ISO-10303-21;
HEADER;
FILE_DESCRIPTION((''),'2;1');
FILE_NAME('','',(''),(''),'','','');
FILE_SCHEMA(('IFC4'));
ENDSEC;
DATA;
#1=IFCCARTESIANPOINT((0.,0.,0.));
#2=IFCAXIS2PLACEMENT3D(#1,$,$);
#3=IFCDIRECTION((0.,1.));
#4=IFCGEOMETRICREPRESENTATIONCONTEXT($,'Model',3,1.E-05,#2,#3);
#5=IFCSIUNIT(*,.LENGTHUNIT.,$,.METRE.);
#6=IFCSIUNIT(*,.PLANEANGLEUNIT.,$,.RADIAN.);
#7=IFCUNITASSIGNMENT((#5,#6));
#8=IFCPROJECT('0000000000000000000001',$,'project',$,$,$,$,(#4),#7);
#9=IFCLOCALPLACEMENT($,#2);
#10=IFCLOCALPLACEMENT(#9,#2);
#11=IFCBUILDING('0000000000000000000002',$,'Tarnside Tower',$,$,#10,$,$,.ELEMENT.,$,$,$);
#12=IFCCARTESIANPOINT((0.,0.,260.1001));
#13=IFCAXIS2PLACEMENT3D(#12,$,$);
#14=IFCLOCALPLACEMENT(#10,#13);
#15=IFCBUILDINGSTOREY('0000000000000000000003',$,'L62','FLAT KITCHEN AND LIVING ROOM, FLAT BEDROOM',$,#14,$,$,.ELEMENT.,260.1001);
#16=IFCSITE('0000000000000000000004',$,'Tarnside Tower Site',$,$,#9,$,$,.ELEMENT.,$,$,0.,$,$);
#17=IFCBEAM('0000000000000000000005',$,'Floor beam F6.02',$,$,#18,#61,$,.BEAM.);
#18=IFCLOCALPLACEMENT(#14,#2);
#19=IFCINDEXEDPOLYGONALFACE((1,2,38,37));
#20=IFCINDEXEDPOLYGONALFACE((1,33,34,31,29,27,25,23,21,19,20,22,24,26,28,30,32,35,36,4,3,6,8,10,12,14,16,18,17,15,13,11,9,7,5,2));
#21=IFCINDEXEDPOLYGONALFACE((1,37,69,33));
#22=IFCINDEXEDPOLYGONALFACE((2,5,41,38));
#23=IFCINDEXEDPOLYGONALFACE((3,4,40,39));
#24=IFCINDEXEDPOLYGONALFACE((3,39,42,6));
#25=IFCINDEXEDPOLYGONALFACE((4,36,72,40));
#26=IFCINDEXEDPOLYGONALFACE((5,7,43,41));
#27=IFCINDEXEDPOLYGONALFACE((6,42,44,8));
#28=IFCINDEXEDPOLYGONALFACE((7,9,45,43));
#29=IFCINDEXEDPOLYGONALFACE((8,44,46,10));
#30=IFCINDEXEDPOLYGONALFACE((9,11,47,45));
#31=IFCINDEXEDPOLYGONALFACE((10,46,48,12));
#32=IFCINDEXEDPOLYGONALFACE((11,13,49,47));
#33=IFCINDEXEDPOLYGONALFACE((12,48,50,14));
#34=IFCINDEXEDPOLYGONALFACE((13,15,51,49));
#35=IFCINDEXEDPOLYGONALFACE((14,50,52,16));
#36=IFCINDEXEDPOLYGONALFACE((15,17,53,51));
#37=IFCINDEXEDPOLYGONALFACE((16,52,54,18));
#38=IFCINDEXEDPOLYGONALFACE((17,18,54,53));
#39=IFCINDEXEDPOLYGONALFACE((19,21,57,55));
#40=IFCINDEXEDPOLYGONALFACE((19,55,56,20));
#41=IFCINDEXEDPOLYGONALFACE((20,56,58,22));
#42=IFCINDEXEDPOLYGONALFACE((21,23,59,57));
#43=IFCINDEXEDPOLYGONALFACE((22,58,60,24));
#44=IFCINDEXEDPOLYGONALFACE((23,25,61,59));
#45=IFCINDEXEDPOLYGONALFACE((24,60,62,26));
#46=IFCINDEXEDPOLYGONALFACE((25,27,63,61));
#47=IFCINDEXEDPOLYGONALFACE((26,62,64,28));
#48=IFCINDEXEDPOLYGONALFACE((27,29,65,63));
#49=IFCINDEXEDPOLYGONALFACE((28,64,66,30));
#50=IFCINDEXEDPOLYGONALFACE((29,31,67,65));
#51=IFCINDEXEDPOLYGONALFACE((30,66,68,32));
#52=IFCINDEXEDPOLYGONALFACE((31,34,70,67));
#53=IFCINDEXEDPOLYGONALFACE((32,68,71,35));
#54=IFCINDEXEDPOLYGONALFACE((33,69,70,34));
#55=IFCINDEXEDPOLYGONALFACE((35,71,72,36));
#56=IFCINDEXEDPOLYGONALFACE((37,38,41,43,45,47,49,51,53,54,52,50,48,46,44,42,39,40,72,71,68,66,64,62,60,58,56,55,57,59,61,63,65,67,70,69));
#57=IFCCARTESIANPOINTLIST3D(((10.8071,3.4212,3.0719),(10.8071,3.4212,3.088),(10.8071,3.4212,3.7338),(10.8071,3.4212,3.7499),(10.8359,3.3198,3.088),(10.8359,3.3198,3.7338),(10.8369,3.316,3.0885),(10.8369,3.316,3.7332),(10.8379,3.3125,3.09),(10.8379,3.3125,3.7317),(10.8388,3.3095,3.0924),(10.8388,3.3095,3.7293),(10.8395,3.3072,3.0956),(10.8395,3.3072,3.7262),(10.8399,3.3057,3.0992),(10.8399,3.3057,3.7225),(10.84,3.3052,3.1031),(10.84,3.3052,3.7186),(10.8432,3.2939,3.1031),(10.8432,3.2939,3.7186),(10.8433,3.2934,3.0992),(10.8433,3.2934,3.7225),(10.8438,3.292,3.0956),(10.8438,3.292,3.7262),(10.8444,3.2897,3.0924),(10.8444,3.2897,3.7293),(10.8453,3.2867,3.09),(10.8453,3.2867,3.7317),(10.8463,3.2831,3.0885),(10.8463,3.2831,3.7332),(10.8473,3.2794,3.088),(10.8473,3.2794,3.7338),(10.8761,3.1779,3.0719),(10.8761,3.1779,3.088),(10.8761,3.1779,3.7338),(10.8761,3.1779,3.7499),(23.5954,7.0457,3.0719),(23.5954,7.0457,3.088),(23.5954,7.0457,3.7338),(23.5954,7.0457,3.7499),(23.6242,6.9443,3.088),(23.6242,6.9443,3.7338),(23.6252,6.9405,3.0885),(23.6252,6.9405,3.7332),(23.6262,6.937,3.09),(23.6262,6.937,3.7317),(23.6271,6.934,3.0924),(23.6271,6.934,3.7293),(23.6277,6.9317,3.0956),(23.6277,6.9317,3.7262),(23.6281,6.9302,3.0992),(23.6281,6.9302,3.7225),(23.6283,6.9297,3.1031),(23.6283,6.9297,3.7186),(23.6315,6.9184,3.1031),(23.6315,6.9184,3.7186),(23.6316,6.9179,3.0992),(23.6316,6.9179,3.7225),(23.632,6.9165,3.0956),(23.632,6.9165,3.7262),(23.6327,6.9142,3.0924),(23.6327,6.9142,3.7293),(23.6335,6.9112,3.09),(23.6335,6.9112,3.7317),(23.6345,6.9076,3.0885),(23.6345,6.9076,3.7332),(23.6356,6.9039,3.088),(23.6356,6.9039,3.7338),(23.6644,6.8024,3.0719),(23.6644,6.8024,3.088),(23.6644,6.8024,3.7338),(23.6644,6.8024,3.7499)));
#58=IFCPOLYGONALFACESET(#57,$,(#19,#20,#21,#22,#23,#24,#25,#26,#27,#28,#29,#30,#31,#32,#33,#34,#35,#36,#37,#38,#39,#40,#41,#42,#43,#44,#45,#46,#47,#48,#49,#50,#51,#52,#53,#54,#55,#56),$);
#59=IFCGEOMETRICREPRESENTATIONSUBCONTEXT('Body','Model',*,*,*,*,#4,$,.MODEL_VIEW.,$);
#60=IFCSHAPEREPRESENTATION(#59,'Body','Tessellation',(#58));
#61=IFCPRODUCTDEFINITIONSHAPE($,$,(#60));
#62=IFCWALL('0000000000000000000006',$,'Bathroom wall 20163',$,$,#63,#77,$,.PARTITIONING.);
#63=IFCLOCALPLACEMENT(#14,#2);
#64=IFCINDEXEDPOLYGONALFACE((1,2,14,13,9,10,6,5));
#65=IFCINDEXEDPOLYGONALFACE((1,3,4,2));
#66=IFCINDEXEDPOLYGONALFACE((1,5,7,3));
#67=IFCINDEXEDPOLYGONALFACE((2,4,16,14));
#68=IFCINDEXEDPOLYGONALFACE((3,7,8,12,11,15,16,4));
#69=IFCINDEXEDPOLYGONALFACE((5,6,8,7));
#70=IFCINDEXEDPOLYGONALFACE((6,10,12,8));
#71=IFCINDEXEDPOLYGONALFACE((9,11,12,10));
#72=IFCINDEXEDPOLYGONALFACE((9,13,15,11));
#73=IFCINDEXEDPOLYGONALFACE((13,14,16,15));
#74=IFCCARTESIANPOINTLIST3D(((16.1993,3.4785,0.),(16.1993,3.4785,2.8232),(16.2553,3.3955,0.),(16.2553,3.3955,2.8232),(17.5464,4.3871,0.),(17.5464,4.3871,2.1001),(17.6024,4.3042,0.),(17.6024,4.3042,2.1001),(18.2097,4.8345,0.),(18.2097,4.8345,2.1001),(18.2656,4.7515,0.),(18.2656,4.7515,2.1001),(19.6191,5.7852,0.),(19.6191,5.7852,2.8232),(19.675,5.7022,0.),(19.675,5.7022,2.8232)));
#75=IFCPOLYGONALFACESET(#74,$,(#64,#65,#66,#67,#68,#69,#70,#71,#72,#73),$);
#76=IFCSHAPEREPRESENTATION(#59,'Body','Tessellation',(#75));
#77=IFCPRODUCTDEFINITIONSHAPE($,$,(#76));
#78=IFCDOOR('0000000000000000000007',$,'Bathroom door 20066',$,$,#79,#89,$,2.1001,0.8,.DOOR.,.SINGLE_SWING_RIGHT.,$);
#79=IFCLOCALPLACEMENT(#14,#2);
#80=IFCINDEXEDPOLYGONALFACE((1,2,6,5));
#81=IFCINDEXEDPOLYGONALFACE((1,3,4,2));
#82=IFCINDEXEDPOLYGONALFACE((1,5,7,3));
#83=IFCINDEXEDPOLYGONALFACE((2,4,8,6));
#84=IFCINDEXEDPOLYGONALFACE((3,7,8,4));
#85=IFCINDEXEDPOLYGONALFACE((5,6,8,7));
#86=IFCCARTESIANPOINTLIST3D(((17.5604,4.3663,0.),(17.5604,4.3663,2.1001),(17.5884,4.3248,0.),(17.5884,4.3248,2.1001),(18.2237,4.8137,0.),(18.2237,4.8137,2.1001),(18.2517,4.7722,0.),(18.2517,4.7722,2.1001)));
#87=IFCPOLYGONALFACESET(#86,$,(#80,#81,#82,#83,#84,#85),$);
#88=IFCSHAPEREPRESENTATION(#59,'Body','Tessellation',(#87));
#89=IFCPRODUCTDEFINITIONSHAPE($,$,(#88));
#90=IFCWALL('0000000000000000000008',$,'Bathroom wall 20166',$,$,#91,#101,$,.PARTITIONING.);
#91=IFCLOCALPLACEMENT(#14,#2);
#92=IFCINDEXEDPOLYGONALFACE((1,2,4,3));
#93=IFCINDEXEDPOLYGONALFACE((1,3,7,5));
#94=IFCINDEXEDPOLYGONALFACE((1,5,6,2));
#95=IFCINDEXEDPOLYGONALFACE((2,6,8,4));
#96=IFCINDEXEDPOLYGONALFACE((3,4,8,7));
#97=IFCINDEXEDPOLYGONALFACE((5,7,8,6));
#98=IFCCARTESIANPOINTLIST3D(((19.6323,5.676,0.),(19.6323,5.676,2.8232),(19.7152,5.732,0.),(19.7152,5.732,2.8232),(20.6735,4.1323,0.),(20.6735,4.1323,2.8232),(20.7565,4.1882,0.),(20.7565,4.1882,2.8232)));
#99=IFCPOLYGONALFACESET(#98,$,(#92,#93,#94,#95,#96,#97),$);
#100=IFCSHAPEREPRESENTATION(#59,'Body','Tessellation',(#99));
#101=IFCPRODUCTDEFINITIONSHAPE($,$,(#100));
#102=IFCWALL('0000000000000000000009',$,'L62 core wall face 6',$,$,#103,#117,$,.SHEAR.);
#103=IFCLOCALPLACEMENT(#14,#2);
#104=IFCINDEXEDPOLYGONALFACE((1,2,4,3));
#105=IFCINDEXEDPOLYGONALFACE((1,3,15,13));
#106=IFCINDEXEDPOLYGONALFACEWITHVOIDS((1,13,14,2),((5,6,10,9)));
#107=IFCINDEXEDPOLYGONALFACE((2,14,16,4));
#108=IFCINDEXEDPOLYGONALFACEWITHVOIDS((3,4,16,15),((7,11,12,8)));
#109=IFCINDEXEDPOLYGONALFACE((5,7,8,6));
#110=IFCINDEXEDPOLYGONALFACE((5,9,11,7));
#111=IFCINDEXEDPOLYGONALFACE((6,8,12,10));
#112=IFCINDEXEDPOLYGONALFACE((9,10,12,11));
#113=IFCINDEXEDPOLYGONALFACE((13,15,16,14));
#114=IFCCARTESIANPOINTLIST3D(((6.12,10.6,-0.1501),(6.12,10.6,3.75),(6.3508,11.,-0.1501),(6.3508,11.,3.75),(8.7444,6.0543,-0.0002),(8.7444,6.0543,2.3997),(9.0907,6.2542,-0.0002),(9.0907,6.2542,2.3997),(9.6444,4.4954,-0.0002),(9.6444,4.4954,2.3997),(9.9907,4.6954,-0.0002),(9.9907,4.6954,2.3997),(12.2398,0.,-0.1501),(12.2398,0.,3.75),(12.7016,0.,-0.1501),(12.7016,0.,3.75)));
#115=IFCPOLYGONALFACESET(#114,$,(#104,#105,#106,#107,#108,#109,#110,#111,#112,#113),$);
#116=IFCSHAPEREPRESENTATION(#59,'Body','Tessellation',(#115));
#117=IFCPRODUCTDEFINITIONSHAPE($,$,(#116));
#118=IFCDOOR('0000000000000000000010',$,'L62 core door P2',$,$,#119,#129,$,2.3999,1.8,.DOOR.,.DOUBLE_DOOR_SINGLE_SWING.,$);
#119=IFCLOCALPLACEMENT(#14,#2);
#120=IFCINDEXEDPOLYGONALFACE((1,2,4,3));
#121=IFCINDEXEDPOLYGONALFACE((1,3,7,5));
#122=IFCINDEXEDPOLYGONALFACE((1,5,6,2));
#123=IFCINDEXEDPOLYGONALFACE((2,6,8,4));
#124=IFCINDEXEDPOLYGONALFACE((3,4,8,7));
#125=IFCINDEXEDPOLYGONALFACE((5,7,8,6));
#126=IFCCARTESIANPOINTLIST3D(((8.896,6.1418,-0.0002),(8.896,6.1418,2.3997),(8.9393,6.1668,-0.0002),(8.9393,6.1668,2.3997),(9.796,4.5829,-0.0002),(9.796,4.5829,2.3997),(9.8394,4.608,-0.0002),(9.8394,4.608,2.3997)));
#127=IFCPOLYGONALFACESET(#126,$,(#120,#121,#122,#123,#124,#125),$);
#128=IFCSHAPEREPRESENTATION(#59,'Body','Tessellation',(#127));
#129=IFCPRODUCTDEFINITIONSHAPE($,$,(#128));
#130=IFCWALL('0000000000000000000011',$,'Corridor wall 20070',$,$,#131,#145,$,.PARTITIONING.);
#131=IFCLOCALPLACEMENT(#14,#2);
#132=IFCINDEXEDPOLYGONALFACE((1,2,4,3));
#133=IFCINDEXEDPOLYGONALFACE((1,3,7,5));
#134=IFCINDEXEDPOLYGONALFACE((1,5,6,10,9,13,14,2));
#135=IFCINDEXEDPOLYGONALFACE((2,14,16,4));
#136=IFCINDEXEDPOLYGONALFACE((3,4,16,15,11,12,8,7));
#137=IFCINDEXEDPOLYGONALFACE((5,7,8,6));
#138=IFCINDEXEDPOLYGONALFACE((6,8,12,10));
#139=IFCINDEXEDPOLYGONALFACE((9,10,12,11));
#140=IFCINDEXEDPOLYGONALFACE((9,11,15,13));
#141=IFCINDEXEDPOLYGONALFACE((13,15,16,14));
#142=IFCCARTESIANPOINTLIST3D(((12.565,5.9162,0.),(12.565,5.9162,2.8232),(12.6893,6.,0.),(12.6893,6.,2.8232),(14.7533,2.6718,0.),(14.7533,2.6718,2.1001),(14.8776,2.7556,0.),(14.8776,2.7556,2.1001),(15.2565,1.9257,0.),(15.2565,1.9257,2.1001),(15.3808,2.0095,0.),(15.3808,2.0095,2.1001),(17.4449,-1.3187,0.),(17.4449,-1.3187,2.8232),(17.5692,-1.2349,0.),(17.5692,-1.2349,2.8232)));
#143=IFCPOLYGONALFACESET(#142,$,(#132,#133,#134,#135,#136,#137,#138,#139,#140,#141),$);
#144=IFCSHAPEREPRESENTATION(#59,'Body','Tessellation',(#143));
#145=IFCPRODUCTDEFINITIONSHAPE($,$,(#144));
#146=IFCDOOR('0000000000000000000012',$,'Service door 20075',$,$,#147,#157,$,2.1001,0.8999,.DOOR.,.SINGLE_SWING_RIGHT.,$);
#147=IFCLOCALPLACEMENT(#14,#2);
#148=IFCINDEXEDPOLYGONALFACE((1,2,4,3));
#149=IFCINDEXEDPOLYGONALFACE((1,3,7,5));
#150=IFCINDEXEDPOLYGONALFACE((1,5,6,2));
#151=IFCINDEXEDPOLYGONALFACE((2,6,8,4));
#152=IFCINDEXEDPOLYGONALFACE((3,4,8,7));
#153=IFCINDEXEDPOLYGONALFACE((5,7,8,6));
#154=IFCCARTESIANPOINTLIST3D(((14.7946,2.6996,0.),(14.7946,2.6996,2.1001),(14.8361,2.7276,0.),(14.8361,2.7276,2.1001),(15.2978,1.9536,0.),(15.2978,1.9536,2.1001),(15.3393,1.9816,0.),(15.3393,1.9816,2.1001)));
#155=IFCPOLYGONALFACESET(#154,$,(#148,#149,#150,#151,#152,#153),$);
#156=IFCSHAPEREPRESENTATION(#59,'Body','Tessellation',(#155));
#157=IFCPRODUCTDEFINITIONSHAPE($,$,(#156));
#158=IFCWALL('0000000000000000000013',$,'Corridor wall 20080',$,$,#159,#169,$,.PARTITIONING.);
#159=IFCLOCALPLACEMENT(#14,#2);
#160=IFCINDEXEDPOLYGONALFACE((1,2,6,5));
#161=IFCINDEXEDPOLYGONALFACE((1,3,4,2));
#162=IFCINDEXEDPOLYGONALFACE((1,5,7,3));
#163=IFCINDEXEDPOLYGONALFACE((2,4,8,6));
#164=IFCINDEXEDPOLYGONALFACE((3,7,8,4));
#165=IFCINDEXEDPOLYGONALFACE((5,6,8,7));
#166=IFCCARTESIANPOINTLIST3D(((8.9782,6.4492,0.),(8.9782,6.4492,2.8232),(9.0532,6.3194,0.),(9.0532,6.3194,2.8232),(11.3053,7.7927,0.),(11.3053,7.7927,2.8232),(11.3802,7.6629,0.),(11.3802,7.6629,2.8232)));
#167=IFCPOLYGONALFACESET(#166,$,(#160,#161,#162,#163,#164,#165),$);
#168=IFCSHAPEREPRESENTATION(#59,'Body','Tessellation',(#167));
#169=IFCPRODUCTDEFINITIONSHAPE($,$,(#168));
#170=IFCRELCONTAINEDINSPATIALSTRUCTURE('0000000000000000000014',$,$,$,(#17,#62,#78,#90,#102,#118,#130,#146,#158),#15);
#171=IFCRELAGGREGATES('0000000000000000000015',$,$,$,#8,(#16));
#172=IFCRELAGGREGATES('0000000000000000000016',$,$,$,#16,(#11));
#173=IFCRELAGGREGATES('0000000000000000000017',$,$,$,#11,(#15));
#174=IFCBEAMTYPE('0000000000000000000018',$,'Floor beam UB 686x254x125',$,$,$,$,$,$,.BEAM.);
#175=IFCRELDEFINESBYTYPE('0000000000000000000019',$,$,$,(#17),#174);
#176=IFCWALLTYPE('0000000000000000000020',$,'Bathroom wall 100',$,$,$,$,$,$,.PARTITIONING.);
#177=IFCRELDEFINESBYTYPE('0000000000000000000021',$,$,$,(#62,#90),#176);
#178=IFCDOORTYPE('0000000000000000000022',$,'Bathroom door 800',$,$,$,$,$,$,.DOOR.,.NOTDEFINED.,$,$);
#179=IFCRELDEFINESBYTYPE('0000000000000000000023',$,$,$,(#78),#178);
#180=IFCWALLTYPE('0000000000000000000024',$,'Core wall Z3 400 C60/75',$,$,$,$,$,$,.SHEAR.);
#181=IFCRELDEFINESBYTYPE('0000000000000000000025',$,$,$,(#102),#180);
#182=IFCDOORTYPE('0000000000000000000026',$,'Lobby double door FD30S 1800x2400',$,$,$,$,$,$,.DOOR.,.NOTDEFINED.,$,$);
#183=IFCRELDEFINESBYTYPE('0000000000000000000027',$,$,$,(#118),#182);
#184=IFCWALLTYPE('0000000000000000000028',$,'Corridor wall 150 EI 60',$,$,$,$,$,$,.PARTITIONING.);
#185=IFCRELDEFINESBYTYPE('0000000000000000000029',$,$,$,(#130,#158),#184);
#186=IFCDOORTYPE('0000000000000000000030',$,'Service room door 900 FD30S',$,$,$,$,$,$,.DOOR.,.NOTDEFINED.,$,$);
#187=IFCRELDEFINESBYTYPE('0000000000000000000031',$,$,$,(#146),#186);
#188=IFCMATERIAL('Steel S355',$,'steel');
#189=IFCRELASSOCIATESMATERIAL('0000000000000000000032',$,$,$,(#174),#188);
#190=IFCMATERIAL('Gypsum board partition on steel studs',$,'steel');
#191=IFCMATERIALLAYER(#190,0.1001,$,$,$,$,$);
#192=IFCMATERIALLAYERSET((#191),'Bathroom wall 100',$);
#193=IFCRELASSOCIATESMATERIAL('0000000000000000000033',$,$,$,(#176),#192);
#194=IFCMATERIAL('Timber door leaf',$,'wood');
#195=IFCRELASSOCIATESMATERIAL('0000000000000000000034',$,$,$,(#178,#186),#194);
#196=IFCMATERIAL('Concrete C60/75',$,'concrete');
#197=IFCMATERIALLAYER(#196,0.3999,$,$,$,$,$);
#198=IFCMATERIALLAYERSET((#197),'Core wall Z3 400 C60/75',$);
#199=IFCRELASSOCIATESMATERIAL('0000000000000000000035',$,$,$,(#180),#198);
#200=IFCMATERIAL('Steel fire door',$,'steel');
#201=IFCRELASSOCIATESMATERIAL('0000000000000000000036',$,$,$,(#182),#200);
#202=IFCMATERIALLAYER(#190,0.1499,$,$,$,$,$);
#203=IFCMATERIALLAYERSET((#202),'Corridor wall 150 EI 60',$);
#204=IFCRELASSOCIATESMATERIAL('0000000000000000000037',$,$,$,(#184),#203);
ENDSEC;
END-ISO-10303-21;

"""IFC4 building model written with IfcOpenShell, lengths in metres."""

from ifc_helpers import new_model, si_unit, direction, frame, frame_2d, origin, origin_2d, place, context, subcontext, project, spatial, polyline, rectangle, i_section, outline, extrude, material, layer, layer_set, material_profile, profile_set, type_object, element, fill, save


model = new_model("IFC4")

# Units and contexts
model_context = context("Model", 3, precision=1e-05, world=origin(), true_north=direction((0.0, 1.0)))
body_context = subcontext(model_context, "Body", "Model", "MODEL_VIEW")
ifc_project = project(units=[si_unit("LENGTHUNIT", "METRE"), si_unit("PLANEANGLEUNIT", "RADIAN")], contexts=[model_context])

# Site, building, storey
site_placement = place(None, origin())
site = spatial("IfcSite", under=ifc_project, at=site_placement, Name="Tarnside Tower Site", CompositionType="ELEMENT", RefElevation=0.0)
building_placement = place(site_placement, origin())
building = spatial("IfcBuilding", under=site, at=building_placement, Name="Tarnside Tower", CompositionType="ELEMENT")
storey_placement = place(building_placement, frame((0.0, 0.0, 260.1001)))
storey = spatial("IfcBuildingStorey", under=building, at=storey_placement, Name="L62", Description="FLAT KITCHEN AND LIVING ROOM, FLAT BEDROOM", CompositionType="ELEMENT", Elevation=260.1001)

# Beam
ifc_material_1 = material(Name="Steel S355", Category="steel")
ifc_material_profile = material_profile(ifc_material_1, i_section(OverallWidth=0.2529, OverallDepth=0.678, WebThickness=0.0117, FlangeThickness=0.0161, FilletRadius=0.0151, at=origin_2d()), Name="UB 686x254x125")
ifc_profile_set = profile_set([ifc_material_profile], Name="Steel S355")
beam_type = type_object("IfcBeamType", Name="Floor beam UB 686x254x125", PredefinedType="BEAM", material=ifc_profile_set)
beam_placement = place(storey_placement, frame((23.6299, 6.9241, 3.4109), z_axis=(-0.962104, -0.272683, 0.0), x_axis=(0.272683, -0.962104, 0.0)))
element("IfcBeam", 1, at=beam_placement, inside=storey, type_object=beam_type, Name="Floor beam F6.02", PredefinedType="BEAM", context=body_context, shape_type="SweptSolid", body=[
    extrude(i_section(OverallWidth=0.2529, OverallDepth=0.678, WebThickness=0.0117, FlangeThickness=0.0161, FilletRadius=0.0151, at=origin_2d()), origin(), (0.0, 0.0, 1.0), 13.292),
])

# Wall, opening, door
ifc_material_2 = material(Name="Gypsum board partition on steel studs", Category="steel")
ifc_layer_1 = layer(ifc_material_2, 0.1001)
ifc_layer_set_1 = layer_set([ifc_layer_1], Name="Bathroom wall 100")
wall_type_1 = type_object("IfcWallType", Name="Bathroom wall 100", PredefinedType="PARTITIONING", material=ifc_layer_set_1)
wall_1_placement = place(storey_placement, frame((16.2273, 3.437, 0.0), z_axis=(0.0, 0.0, 1.0), x_axis=(0.829033, 0.559199, 0.0)))
wall_1 = element("IfcWall", 2, at=wall_1_placement, inside=storey, type_object=wall_type_1, Name="Bathroom wall 20163", PredefinedType="PARTITIONING", context=body_context, shape_type="SweptSolid", body=[
    extrude(rectangle(XDim=4.125, YDim=0.1001, at=frame_2d((2.0625, 0.0))), origin(), (0.0, 0.0, 1.0), 2.8232),
])
opening_1_placement = place(wall_1_placement, frame((1.625, 0.0, 0.0)))
opening_1 = element("IfcOpeningElement", 3, at=opening_1_placement, cuts=wall_1, PredefinedType="OPENING", context=body_context, shape_type="SweptSolid", body=[
    extrude(rectangle(XDim=0.8, YDim=2.1001, at=frame_2d((0.3999, 1.05))), frame((0.0, 0.0601, 0.0), z_axis=(0.0, -1.0, 0.0), x_axis=(1.0, 0.0, 0.0)), (0.0, 0.0, 1.0), 0.1201),
])
ifc_material_3 = material(Name="Timber door leaf", Category="wood")
door_type_1 = type_object("IfcDoorType", Name="Bathroom door 800", OperationType="NOTDEFINED", PredefinedType="DOOR", material=ifc_material_3)
door_1_placement = place(opening_1_placement, origin())
door_1 = element("IfcDoor", 4, at=door_1_placement, inside=storey, type_object=door_type_1, Name="Bathroom door 20066", OperationType="SINGLE_SWING_RIGHT", OverallHeight=2.1001, OverallWidth=0.8, PredefinedType="DOOR", context=body_context, shape_type="SweptSolid", body=[
    extrude(rectangle(XDim=0.8, YDim=2.1001, at=frame_2d((0.3999, 1.05))), frame((0.0, 0.0249, 0.0), z_axis=(0.0, -1.0, 0.0), x_axis=(1.0, 0.0, 0.0)), (0.0, 0.0, 1.0), 0.05),
])
fill(opening_1, door_1)

# Wall
wall_2_placement = place(storey_placement, frame((20.7151, 4.1602, 0.0), z_axis=(0.0, 0.0, 1.0), x_axis=(-0.5592, 0.829033, 0.0)))
element("IfcWall", 5, at=wall_2_placement, inside=storey, type_object=wall_type_1, Name="Bathroom wall 20166", PredefinedType="PARTITIONING", context=body_context, shape_type="SweptSolid", body=[
    extrude(rectangle(XDim=1.8621, YDim=0.1001, at=frame_2d((0.9312, 0.0))), origin(), (0.0, 0.0, 1.0), 2.8232),
])

# Walls, openings, doors
ifc_material_4 = material(Name="Concrete C60/75", Category="concrete")
ifc_layer_2 = layer(ifc_material_4, 0.3999)
ifc_layer_set_2 = layer_set([ifc_layer_2], Name="Core wall Z3 400 C60/75")
wall_type_2 = type_object("IfcWallType", Name="Core wall Z3 400 C60/75", PredefinedType="SHEAR", material=ifc_layer_set_2)
wall_3_placement = place(storey_placement, frame((12.4707, 0.0, -0.1501), z_axis=(0.0, 0.0, 1.0), x_axis=(-0.499996, 0.866027, 0.0)))
wall_3 = element("IfcWall", 6, at=wall_3_placement, inside=storey, type_object=wall_type_2, Name="L62 core wall face 6", PredefinedType="SHEAR", context=body_context, shape_type="SweptSolid", body=[
    extrude(outline(polyline([(-0.1155, -0.2), (12.5862, -0.2), (12.3552, 0.2), (0.1155, 0.2), (-0.1155, -0.2)])), origin(), (0.0, 0.0, 1.0), 3.9001),
])
opening_2_placement = place(wall_3_placement, frame((5.3064, 0.0, 0.1499)))
opening_2 = element("IfcOpeningElement", 7, at=opening_2_placement, cuts=wall_3, PredefinedType="OPENING", context=body_context, shape_type="SweptSolid", body=[
    extrude(rectangle(XDim=1.8, YDim=2.3999, at=frame_2d((0.8999, 1.2))), frame((0.0, 0.21, 0.0), z_axis=(0.0, -1.0, 0.0), x_axis=(1.0, 0.0, 0.0)), (0.0, 0.0, 1.0), 0.4199),
])
ifc_material_5 = material(Name="Steel fire door", Category="steel")
door_type_2 = type_object("IfcDoorType", Name="Lobby double door FD30S 1800x2400", OperationType="NOTDEFINED", PredefinedType="DOOR", material=ifc_material_5)
door_2_placement = place(opening_2_placement, origin())
door_2 = element("IfcDoor", 8, at=door_2_placement, inside=storey, type_object=door_type_2, Name="L62 core door P2", OperationType="DOUBLE_DOOR_SINGLE_SWING", OverallHeight=2.3999, OverallWidth=1.8, PredefinedType="DOOR", context=body_context, shape_type="SweptSolid", body=[
    extrude(rectangle(XDim=1.8, YDim=2.3999, at=frame_2d((0.8999, 1.2))), frame((0.0, 0.0249, 0.0), z_axis=(0.0, -1.0, 0.0), x_axis=(1.0, 0.0, 0.0)), (0.0, 0.0, 1.0), 0.05),
])
fill(opening_2, door_2)
ifc_layer_3 = layer(ifc_material_2, 0.1499)
ifc_layer_set_3 = layer_set([ifc_layer_3], Name="Corridor wall 150 EI 60")
wall_type_3 = type_object("IfcWallType", Name="Corridor wall 150 EI 60", PredefinedType="PARTITIONING", material=ifc_layer_set_3)
wall_4_placement = place(storey_placement, frame((12.6272, 5.958, 0.0), z_axis=(0.0, 0.0, 1.0), x_axis=(0.559185, -0.829043, 0.0)))
wall_4 = element("IfcWall", 9, at=wall_4_placement, inside=storey, type_object=wall_type_3, Name="Corridor wall 20070", PredefinedType="PARTITIONING", context=body_context, shape_type="SweptSolid", body=[
    extrude(rectangle(XDim=8.7268, YDim=0.1499, at=frame_2d((4.3633, 0.0))), origin(), (0.0, 0.0, 1.0), 2.8232),
])
opening_3_placement = place(wall_4_placement, frame((3.9133, 0.0, 0.0)))
opening_3 = element("IfcOpeningElement", 10, at=opening_3_placement, cuts=wall_4, PredefinedType="OPENING", context=body_context, shape_type="SweptSolid", body=[
    extrude(rectangle(XDim=0.8999, YDim=2.1001, at=frame_2d((0.45, 1.05))), frame((0.0, 0.085, 0.0), z_axis=(0.0, -1.0, 0.0), x_axis=(1.0, 0.0, 0.0)), (0.0, 0.0, 1.0), 0.1699),
])
door_type_3 = type_object("IfcDoorType", Name="Service room door 900 FD30S", OperationType="NOTDEFINED", PredefinedType="DOOR", material=ifc_material_3)
door_3_placement = place(opening_3_placement, origin())
door_3 = element("IfcDoor", 11, at=door_3_placement, inside=storey, type_object=door_type_3, Name="Service door 20075", OperationType="SINGLE_SWING_RIGHT", OverallHeight=2.1001, OverallWidth=0.8999, PredefinedType="DOOR", context=body_context, shape_type="SweptSolid", body=[
    extrude(rectangle(XDim=0.8999, YDim=2.1001, at=frame_2d((0.45, 1.05))), frame((0.0, 0.0249, 0.0), z_axis=(0.0, -1.0, 0.0), x_axis=(1.0, 0.0, 0.0)), (0.0, 0.0, 1.0), 0.05),
])
fill(opening_3, door_3)

# Wall
wall_5_placement = place(storey_placement, frame((11.3428, 7.7278, 0.0), z_axis=(0.0, 0.0, 1.0), x_axis=(-0.866037, -0.499979, 0.0)))
element("IfcWall", 12, at=wall_5_placement, inside=storey, type_object=wall_type_3, Name="Corridor wall 20080", PredefinedType="PARTITIONING", context=body_context, shape_type="SweptSolid", body=[
    extrude(rectangle(XDim=2.687, YDim=0.1499, at=frame_2d((1.3435, 0.0))), origin(), (0.0, 0.0, 1.0), 2.8232),
])

save(model, "model.ifc")
